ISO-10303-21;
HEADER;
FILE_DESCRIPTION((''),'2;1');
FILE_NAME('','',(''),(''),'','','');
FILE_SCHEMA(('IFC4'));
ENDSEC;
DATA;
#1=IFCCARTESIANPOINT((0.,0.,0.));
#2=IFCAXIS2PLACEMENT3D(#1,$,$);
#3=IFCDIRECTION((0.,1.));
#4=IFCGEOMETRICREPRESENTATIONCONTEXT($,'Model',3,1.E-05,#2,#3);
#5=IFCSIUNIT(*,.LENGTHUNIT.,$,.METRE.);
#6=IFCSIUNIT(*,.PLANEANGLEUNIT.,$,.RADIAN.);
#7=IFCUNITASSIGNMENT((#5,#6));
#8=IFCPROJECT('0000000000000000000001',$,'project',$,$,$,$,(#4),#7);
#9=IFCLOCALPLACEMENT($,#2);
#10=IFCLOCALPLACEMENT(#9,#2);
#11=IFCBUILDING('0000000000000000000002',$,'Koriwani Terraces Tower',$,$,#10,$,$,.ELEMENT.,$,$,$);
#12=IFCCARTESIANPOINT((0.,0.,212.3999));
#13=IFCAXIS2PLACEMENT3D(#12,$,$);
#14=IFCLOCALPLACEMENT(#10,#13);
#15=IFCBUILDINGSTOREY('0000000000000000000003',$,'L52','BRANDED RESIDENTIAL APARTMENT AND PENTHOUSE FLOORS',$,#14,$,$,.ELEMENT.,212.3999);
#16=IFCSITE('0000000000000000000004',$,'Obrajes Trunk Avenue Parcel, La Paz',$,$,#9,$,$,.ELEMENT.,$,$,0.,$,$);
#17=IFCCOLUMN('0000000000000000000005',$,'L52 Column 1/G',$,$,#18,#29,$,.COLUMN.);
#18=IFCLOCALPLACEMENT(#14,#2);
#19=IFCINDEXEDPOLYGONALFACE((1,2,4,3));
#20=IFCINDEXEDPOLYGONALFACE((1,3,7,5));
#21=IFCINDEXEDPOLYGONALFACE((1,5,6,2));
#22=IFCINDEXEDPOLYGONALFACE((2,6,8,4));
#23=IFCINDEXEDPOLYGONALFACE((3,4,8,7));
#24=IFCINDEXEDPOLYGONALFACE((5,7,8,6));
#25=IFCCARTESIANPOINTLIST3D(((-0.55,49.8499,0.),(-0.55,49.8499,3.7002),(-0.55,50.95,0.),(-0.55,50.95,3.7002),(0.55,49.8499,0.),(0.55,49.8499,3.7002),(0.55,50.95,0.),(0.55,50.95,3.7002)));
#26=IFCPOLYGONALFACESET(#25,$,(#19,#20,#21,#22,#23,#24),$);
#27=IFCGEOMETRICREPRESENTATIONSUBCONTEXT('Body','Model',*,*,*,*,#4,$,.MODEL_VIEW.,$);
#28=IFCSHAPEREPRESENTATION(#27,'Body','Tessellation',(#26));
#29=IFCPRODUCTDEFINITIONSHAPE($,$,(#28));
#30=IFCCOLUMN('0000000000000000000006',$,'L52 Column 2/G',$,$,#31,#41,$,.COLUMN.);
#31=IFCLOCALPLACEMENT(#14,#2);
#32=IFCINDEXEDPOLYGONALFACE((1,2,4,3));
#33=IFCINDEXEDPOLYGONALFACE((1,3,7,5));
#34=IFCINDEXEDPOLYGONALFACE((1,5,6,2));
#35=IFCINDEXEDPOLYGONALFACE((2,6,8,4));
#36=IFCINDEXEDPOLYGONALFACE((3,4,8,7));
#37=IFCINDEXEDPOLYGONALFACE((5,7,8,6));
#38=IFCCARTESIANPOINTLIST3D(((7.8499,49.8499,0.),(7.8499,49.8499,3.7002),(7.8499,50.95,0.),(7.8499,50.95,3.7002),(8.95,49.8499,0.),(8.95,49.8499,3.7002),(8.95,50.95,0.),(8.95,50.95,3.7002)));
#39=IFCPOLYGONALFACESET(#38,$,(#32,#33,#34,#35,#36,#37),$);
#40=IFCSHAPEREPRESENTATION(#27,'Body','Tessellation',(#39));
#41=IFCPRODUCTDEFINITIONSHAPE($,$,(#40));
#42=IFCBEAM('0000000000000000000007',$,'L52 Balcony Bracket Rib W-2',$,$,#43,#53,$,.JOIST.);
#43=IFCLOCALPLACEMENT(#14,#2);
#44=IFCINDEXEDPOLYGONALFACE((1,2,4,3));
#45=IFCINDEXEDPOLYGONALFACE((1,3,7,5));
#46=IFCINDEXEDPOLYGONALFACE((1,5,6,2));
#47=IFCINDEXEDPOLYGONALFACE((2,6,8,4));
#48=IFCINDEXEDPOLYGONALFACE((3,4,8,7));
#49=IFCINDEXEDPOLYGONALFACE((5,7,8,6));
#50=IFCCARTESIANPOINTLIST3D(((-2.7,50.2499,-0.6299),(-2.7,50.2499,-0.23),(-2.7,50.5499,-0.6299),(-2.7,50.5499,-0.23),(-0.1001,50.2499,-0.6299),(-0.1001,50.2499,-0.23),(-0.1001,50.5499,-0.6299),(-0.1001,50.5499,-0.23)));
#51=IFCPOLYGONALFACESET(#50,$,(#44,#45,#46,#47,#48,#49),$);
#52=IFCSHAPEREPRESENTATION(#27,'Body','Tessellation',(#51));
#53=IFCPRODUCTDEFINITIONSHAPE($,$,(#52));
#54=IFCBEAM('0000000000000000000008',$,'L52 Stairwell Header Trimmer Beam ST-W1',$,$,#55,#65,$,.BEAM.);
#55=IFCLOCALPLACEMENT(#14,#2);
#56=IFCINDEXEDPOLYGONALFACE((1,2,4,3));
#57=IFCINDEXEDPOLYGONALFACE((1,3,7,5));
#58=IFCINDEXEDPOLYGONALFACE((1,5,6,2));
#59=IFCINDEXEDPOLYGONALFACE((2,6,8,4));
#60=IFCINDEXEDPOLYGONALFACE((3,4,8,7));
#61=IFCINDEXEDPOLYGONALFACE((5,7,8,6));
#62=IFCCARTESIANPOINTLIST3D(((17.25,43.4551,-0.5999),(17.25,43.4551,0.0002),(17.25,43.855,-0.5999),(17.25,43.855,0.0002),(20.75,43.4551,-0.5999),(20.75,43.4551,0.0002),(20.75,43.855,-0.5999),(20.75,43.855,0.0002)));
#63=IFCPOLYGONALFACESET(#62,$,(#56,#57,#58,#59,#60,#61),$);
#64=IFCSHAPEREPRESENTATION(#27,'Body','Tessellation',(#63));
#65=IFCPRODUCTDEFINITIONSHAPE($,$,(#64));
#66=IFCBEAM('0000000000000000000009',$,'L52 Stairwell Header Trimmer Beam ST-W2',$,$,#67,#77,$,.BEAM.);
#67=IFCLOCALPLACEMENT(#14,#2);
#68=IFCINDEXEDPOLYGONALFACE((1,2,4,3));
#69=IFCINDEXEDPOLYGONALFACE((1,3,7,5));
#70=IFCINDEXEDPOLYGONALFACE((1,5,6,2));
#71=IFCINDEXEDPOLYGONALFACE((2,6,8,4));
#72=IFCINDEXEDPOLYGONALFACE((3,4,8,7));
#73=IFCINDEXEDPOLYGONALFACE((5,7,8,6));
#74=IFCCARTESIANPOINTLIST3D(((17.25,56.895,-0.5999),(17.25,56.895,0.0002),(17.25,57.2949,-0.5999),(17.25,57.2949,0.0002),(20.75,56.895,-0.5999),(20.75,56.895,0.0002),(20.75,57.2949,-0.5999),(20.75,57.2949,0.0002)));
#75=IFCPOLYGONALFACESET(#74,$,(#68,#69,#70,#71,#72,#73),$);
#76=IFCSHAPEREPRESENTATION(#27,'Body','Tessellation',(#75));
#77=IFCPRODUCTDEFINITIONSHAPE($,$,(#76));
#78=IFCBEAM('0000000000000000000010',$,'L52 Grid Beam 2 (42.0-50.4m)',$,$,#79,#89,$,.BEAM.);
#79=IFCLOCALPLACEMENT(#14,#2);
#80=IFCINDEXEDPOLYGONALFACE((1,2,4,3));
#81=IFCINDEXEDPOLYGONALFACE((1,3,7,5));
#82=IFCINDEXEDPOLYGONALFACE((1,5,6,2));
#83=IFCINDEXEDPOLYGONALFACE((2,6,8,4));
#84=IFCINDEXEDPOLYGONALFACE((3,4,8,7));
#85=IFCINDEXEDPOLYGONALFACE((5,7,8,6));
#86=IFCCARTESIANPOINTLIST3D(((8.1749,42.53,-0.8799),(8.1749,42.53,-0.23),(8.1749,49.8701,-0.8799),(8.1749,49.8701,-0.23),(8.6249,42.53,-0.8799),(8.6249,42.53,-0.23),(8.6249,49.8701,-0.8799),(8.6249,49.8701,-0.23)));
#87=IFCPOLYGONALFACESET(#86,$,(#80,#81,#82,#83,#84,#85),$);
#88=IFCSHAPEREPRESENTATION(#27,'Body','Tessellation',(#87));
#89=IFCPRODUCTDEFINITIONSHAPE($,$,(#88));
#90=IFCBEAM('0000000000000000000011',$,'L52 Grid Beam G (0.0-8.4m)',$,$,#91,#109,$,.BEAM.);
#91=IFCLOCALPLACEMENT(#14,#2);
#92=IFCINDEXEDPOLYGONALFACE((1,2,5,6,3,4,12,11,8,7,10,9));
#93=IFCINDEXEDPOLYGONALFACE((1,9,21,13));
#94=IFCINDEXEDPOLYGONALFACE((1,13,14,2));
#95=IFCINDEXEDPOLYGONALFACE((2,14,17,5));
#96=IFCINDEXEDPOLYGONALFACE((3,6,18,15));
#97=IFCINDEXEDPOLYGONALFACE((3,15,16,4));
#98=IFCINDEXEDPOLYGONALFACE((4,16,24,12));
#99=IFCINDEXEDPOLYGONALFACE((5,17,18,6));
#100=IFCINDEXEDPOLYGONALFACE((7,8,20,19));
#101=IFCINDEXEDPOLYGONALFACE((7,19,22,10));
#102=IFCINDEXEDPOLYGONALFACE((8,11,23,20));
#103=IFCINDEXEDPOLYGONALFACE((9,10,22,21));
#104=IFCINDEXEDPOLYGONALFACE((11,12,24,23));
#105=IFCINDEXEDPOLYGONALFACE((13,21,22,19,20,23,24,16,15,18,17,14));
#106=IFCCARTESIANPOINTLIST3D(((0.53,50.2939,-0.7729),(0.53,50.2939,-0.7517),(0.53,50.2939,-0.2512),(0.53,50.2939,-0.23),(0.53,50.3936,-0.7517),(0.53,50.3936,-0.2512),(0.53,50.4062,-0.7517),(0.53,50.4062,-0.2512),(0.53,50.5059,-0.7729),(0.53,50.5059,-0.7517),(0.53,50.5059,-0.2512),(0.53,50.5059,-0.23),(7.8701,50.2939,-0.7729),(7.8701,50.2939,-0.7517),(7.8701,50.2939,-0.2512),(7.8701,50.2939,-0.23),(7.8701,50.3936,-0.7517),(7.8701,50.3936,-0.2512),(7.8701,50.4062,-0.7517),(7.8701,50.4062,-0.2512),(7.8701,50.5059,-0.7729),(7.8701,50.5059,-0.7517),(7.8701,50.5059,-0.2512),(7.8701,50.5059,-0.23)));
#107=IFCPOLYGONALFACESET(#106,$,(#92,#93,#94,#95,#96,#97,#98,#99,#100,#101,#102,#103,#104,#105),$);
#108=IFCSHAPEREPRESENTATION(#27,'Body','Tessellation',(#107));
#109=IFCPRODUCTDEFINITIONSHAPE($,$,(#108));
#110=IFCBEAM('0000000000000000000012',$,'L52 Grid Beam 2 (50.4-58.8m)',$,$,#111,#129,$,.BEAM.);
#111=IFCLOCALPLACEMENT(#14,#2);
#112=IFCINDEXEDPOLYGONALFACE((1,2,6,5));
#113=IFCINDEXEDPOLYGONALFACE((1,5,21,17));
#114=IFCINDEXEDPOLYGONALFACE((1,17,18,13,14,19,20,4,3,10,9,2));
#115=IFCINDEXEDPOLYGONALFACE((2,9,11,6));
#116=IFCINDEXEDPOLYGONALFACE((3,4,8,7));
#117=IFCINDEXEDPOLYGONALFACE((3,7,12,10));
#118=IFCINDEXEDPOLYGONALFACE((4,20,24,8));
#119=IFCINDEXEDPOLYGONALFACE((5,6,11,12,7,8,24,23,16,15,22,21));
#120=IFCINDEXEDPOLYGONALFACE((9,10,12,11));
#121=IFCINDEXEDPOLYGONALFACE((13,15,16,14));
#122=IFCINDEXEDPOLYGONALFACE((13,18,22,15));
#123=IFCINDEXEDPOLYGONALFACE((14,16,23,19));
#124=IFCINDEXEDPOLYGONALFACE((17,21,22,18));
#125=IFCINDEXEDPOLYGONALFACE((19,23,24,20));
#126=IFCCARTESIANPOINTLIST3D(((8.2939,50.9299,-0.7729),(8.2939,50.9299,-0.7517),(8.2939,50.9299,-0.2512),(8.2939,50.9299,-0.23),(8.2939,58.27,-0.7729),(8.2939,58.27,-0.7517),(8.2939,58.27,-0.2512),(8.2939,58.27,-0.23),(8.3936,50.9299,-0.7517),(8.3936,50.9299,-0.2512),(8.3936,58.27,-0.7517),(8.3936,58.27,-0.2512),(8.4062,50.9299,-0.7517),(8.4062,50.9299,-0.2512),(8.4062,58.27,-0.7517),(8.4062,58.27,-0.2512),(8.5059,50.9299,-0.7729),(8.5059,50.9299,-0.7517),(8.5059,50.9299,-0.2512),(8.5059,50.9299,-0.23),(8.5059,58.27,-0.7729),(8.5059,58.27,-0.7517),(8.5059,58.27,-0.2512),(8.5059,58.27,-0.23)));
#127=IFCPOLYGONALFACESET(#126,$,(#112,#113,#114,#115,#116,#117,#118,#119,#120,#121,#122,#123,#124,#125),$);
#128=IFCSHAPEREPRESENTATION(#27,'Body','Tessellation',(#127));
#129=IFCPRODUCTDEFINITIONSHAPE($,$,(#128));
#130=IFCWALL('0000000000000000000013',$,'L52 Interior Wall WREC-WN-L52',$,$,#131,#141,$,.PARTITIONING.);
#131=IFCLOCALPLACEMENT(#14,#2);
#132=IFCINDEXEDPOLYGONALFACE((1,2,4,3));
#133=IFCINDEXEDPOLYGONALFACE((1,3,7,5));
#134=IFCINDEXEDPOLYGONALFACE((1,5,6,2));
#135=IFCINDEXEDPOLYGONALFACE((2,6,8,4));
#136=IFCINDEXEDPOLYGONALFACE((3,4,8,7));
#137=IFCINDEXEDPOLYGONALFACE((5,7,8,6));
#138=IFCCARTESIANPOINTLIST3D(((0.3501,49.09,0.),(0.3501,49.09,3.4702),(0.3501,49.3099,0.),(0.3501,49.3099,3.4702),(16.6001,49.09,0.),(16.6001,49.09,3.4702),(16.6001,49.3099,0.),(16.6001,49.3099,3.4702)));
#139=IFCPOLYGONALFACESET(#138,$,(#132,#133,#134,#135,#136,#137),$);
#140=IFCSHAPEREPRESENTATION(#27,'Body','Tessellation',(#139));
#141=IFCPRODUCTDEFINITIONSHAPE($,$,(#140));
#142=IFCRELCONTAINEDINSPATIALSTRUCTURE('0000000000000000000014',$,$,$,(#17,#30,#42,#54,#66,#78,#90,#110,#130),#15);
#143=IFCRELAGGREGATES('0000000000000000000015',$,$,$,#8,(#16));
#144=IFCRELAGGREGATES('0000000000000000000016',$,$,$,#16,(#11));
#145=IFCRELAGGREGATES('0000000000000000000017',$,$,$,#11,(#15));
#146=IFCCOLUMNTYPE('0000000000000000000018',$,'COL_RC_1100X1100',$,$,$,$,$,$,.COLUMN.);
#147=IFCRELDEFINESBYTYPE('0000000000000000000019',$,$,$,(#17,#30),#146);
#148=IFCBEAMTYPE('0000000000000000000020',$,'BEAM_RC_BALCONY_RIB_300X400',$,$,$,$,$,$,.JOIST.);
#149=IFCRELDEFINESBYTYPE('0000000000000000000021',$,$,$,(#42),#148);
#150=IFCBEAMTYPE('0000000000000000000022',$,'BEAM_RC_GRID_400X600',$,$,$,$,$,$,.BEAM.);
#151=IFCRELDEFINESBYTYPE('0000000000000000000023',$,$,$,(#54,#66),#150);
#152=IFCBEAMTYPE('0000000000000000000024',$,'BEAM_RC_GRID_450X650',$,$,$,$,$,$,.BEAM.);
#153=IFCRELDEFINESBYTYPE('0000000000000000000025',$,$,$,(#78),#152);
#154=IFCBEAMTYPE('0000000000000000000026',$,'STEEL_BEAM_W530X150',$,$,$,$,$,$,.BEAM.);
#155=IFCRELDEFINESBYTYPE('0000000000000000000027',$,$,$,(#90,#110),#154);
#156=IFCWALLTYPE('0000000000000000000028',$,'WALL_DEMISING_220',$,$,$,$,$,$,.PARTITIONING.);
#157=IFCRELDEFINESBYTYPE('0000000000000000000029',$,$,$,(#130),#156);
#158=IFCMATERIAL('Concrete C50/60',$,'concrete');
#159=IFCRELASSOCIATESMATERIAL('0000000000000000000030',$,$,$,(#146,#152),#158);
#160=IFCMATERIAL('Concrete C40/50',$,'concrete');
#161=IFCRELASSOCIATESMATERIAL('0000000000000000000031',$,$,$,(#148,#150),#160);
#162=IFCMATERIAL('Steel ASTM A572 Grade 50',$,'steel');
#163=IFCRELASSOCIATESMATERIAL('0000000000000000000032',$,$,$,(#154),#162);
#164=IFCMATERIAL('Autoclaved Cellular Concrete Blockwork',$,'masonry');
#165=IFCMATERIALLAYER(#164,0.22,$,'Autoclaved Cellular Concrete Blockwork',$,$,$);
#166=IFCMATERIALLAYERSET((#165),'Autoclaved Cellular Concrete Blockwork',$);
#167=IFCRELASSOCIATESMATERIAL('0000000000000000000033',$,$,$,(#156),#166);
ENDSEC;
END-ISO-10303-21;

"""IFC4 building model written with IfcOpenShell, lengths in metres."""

from ifc_helpers import new_model, si_unit, direction, frame, frame_2d, origin, origin_2d, place, context, subcontext, project, spatial, rectangle, i_section, extrude, material, layer, layer_set, material_profile, profile_set, type_object, element, save


model = new_model("IFC4")

# Units and contexts
model_context = context("Model", 3, precision=1e-05, world=origin(), true_north=direction((0.0, 1.0)))
body_context = subcontext(model_context, "Body", "Model", "MODEL_VIEW")
ifc_project = project(units=[si_unit("LENGTHUNIT", "METRE"), si_unit("PLANEANGLEUNIT", "RADIAN")], contexts=[model_context])

# Site, building, storey
site_placement = place(None, origin())
site = spatial("IfcSite", under=ifc_project, at=site_placement, Name="Obrajes Trunk Avenue Parcel, La Paz", CompositionType="ELEMENT", RefElevation=0.0)
building_placement = place(site_placement, origin())
building = spatial("IfcBuilding", under=site, at=building_placement, Name="Koriwani Terraces Tower", CompositionType="ELEMENT")
storey_placement = place(building_placement, frame((0.0, 0.0, 212.3999)))
storey = spatial("IfcBuildingStorey", under=building, at=storey_placement, Name="L52", Description="BRANDED RESIDENTIAL APARTMENT AND PENTHOUSE FLOORS", CompositionType="ELEMENT", Elevation=212.3999)

# Columns
ifc_material_1 = material(Name="Concrete C50/60", Category="concrete")
ifc_material_profile_1 = material_profile(ifc_material_1, rectangle(XDim=1.1001, YDim=1.1001, at=origin_2d()), Name="Concrete C50/60", Category="LoadBearing")
ifc_profile_set_1 = profile_set([ifc_material_profile_1], Name="Concrete C50/60")
column_type = type_object("IfcColumnType", Name="COL_RC_1100X1100", PredefinedType="COLUMN", material=ifc_profile_set_1)
for number, where, z_axis, x_axis, name in (
    (1, (0.0, 50.3999, 0.0), (0.0, 0.0, 1.0), (1.0, 0.0, 0.0), "L52 Column 1/G"),
    (2, (8.3999, 50.3999, 0.0), (0.0, 0.0, 1.0), (1.0, 0.0, 0.0), "L52 Column 2/G"),
):
    element("IfcColumn", number, at=place(storey_placement, frame(where, z_axis=z_axis, x_axis=x_axis)), inside=storey, type_object=column_type, Name=name, PredefinedType="COLUMN", context=body_context, shape_type="SweptSolid", body=[
        extrude(rectangle(XDim=1.1001, YDim=1.1001, at=origin_2d()), origin(), (0.0, 0.0, 1.0), 3.7002),
    ])

# Beams
ifc_material_2 = material(Name="Concrete C40/50", Category="concrete")
ifc_material_profile_2 = material_profile(ifc_material_2, rectangle(XDim=0.3, YDim=0.3999, at=origin_2d()), Name="Concrete C40/50", Category="LoadBearing")
ifc_profile_set_2 = profile_set([ifc_material_profile_2], Name="Concrete C40/50")
beam_type_1 = type_object("IfcBeamType", Name="BEAM_RC_BALCONY_RIB_300X400", PredefinedType="JOIST", material=ifc_profile_set_2)
beam_1_placement = place(storey_placement, frame((-2.7, 50.3999, -0.4299), z_axis=(1.0, 0.0, 0.0), x_axis=(0.0, 1.0, 0.0)))
element("IfcBeam", 3, at=beam_1_placement, inside=storey, type_object=beam_type_1, Name="L52 Balcony Bracket Rib W-2", PredefinedType="JOIST", context=body_context, shape_type="SweptSolid", body=[
    extrude(rectangle(XDim=0.3, YDim=0.3999, at=origin_2d()), origin(), (0.0, 0.0, 1.0), 2.5999),
])
ifc_material_profile_3 = material_profile(ifc_material_2, rectangle(XDim=0.3999, YDim=0.6001, at=origin_2d()), Name="Concrete C40/50", Category="LoadBearing")
ifc_profile_set_3 = profile_set([ifc_material_profile_3], Name="Concrete C40/50")
beam_type_2 = type_object("IfcBeamType", Name="BEAM_RC_GRID_400X600", PredefinedType="BEAM", material=ifc_profile_set_3)
for number, where, z_axis, x_axis, name in (
    (4, (17.25, 43.655, -0.2998), (1.0, 0.0, 0.0), (0.0, 1.0, 0.0), "L52 Stairwell Header Trimmer Beam ST-W1"),
    (5, (17.25, 57.095, -0.2998), (1.0, 0.0, 0.0), (0.0, 1.0, 0.0), "L52 Stairwell Header Trimmer Beam ST-W2"),
):
    element("IfcBeam", number, at=place(storey_placement, frame(where, z_axis=z_axis, x_axis=x_axis)), inside=storey, type_object=beam_type_2, Name=name, PredefinedType="BEAM", context=body_context, shape_type="SweptSolid", body=[
        extrude(rectangle(XDim=0.3999, YDim=0.6001, at=origin_2d()), origin(), (0.0, 0.0, 1.0), 3.5),
    ])
ifc_material_profile_4 = material_profile(ifc_material_1, rectangle(XDim=0.45, YDim=0.6499, at=origin_2d()), Name="Concrete C50/60", Category="LoadBearing")
ifc_profile_set_4 = profile_set([ifc_material_profile_4], Name="Concrete C50/60")
beam_type_3 = type_object("IfcBeamType", Name="BEAM_RC_GRID_450X650", PredefinedType="BEAM", material=ifc_profile_set_4)
beam_2_placement = place(storey_placement, frame((8.3999, 42.53, -0.5549), z_axis=(0.0, 1.0, 0.0), x_axis=(-1.0, 0.0, 0.0)))
element("IfcBeam", 6, at=beam_2_placement, inside=storey, type_object=beam_type_3, Name="L52 Grid Beam 2 (42.0-50.4m)", PredefinedType="BEAM", context=body_context, shape_type="SweptSolid", body=[
    extrude(rectangle(XDim=0.45, YDim=0.6499, at=origin_2d()), origin(), (0.0, 0.0, 1.0), 7.3401),
])
ifc_material_3 = material(Name="Steel ASTM A572 Grade 50", Category="steel")
ifc_material_profile_5 = material_profile(ifc_material_3, i_section(OverallWidth=0.2119, OverallDepth=0.543, WebThickness=0.0127, FlangeThickness=0.0212, at=origin_2d()), Name="Steel ASTM A572 Grade 50", Category="LoadBearing")
ifc_profile_set_5 = profile_set([ifc_material_profile_5], Name="Steel ASTM A572 Grade 50")
beam_type_4 = type_object("IfcBeamType", Name="STEEL_BEAM_W530X150", PredefinedType="BEAM", material=ifc_profile_set_5)
for number, where, z_axis, x_axis, name in (
    (7, (0.53, 50.3999, -0.5015), (1.0, 0.0, 0.0), (0.0, 1.0, 0.0), "L52 Grid Beam G (0.0-8.4m)"),
    (8, (8.3999, 50.9299, -0.5015), (0.0, 1.0, 0.0), (-1.0, 0.0, 0.0), "L52 Grid Beam 2 (50.4-58.8m)"),
):
    element("IfcBeam", number, at=place(storey_placement, frame(where, z_axis=z_axis, x_axis=x_axis)), inside=storey, type_object=beam_type_4, Name=name, PredefinedType="BEAM", context=body_context, shape_type="SweptSolid", body=[
        extrude(i_section(OverallWidth=0.2119, OverallDepth=0.543, WebThickness=0.0127, FlangeThickness=0.0212, at=origin_2d()), origin(), (0.0, 0.0, 1.0), 7.3401),
    ])

# Wall
ifc_material_4 = material(Name="Autoclaved Cellular Concrete Blockwork", Category="masonry")
ifc_layer_1 = layer(ifc_material_4, 0.22, Name="Autoclaved Cellular Concrete Blockwork")
ifc_layer_set_1 = layer_set([ifc_layer_1], Name="Autoclaved Cellular Concrete Blockwork")
wall_type_1 = type_object("IfcWallType", Name="WALL_DEMISING_220", PredefinedType="PARTITIONING", material=ifc_layer_set_1)
wall_1_placement = place(storey_placement, frame((0.3501, 49.2, 0.0), z_axis=(0.0, 0.0, 1.0), x_axis=(1.0, 0.0, 0.0)))
element("IfcWall", 9, at=wall_1_placement, inside=storey, type_object=wall_type_1, Name="L52 Interior Wall WREC-WN-L52", PredefinedType="PARTITIONING", context=body_context, shape_type="SweptSolid", body=[
    extrude(rectangle(XDim=16.25, YDim=0.22, at=frame_2d((8.125, 0.0))), origin(), (0.0, 0.0, 1.0), 3.4702),
])

save(model, "model.ifc")
